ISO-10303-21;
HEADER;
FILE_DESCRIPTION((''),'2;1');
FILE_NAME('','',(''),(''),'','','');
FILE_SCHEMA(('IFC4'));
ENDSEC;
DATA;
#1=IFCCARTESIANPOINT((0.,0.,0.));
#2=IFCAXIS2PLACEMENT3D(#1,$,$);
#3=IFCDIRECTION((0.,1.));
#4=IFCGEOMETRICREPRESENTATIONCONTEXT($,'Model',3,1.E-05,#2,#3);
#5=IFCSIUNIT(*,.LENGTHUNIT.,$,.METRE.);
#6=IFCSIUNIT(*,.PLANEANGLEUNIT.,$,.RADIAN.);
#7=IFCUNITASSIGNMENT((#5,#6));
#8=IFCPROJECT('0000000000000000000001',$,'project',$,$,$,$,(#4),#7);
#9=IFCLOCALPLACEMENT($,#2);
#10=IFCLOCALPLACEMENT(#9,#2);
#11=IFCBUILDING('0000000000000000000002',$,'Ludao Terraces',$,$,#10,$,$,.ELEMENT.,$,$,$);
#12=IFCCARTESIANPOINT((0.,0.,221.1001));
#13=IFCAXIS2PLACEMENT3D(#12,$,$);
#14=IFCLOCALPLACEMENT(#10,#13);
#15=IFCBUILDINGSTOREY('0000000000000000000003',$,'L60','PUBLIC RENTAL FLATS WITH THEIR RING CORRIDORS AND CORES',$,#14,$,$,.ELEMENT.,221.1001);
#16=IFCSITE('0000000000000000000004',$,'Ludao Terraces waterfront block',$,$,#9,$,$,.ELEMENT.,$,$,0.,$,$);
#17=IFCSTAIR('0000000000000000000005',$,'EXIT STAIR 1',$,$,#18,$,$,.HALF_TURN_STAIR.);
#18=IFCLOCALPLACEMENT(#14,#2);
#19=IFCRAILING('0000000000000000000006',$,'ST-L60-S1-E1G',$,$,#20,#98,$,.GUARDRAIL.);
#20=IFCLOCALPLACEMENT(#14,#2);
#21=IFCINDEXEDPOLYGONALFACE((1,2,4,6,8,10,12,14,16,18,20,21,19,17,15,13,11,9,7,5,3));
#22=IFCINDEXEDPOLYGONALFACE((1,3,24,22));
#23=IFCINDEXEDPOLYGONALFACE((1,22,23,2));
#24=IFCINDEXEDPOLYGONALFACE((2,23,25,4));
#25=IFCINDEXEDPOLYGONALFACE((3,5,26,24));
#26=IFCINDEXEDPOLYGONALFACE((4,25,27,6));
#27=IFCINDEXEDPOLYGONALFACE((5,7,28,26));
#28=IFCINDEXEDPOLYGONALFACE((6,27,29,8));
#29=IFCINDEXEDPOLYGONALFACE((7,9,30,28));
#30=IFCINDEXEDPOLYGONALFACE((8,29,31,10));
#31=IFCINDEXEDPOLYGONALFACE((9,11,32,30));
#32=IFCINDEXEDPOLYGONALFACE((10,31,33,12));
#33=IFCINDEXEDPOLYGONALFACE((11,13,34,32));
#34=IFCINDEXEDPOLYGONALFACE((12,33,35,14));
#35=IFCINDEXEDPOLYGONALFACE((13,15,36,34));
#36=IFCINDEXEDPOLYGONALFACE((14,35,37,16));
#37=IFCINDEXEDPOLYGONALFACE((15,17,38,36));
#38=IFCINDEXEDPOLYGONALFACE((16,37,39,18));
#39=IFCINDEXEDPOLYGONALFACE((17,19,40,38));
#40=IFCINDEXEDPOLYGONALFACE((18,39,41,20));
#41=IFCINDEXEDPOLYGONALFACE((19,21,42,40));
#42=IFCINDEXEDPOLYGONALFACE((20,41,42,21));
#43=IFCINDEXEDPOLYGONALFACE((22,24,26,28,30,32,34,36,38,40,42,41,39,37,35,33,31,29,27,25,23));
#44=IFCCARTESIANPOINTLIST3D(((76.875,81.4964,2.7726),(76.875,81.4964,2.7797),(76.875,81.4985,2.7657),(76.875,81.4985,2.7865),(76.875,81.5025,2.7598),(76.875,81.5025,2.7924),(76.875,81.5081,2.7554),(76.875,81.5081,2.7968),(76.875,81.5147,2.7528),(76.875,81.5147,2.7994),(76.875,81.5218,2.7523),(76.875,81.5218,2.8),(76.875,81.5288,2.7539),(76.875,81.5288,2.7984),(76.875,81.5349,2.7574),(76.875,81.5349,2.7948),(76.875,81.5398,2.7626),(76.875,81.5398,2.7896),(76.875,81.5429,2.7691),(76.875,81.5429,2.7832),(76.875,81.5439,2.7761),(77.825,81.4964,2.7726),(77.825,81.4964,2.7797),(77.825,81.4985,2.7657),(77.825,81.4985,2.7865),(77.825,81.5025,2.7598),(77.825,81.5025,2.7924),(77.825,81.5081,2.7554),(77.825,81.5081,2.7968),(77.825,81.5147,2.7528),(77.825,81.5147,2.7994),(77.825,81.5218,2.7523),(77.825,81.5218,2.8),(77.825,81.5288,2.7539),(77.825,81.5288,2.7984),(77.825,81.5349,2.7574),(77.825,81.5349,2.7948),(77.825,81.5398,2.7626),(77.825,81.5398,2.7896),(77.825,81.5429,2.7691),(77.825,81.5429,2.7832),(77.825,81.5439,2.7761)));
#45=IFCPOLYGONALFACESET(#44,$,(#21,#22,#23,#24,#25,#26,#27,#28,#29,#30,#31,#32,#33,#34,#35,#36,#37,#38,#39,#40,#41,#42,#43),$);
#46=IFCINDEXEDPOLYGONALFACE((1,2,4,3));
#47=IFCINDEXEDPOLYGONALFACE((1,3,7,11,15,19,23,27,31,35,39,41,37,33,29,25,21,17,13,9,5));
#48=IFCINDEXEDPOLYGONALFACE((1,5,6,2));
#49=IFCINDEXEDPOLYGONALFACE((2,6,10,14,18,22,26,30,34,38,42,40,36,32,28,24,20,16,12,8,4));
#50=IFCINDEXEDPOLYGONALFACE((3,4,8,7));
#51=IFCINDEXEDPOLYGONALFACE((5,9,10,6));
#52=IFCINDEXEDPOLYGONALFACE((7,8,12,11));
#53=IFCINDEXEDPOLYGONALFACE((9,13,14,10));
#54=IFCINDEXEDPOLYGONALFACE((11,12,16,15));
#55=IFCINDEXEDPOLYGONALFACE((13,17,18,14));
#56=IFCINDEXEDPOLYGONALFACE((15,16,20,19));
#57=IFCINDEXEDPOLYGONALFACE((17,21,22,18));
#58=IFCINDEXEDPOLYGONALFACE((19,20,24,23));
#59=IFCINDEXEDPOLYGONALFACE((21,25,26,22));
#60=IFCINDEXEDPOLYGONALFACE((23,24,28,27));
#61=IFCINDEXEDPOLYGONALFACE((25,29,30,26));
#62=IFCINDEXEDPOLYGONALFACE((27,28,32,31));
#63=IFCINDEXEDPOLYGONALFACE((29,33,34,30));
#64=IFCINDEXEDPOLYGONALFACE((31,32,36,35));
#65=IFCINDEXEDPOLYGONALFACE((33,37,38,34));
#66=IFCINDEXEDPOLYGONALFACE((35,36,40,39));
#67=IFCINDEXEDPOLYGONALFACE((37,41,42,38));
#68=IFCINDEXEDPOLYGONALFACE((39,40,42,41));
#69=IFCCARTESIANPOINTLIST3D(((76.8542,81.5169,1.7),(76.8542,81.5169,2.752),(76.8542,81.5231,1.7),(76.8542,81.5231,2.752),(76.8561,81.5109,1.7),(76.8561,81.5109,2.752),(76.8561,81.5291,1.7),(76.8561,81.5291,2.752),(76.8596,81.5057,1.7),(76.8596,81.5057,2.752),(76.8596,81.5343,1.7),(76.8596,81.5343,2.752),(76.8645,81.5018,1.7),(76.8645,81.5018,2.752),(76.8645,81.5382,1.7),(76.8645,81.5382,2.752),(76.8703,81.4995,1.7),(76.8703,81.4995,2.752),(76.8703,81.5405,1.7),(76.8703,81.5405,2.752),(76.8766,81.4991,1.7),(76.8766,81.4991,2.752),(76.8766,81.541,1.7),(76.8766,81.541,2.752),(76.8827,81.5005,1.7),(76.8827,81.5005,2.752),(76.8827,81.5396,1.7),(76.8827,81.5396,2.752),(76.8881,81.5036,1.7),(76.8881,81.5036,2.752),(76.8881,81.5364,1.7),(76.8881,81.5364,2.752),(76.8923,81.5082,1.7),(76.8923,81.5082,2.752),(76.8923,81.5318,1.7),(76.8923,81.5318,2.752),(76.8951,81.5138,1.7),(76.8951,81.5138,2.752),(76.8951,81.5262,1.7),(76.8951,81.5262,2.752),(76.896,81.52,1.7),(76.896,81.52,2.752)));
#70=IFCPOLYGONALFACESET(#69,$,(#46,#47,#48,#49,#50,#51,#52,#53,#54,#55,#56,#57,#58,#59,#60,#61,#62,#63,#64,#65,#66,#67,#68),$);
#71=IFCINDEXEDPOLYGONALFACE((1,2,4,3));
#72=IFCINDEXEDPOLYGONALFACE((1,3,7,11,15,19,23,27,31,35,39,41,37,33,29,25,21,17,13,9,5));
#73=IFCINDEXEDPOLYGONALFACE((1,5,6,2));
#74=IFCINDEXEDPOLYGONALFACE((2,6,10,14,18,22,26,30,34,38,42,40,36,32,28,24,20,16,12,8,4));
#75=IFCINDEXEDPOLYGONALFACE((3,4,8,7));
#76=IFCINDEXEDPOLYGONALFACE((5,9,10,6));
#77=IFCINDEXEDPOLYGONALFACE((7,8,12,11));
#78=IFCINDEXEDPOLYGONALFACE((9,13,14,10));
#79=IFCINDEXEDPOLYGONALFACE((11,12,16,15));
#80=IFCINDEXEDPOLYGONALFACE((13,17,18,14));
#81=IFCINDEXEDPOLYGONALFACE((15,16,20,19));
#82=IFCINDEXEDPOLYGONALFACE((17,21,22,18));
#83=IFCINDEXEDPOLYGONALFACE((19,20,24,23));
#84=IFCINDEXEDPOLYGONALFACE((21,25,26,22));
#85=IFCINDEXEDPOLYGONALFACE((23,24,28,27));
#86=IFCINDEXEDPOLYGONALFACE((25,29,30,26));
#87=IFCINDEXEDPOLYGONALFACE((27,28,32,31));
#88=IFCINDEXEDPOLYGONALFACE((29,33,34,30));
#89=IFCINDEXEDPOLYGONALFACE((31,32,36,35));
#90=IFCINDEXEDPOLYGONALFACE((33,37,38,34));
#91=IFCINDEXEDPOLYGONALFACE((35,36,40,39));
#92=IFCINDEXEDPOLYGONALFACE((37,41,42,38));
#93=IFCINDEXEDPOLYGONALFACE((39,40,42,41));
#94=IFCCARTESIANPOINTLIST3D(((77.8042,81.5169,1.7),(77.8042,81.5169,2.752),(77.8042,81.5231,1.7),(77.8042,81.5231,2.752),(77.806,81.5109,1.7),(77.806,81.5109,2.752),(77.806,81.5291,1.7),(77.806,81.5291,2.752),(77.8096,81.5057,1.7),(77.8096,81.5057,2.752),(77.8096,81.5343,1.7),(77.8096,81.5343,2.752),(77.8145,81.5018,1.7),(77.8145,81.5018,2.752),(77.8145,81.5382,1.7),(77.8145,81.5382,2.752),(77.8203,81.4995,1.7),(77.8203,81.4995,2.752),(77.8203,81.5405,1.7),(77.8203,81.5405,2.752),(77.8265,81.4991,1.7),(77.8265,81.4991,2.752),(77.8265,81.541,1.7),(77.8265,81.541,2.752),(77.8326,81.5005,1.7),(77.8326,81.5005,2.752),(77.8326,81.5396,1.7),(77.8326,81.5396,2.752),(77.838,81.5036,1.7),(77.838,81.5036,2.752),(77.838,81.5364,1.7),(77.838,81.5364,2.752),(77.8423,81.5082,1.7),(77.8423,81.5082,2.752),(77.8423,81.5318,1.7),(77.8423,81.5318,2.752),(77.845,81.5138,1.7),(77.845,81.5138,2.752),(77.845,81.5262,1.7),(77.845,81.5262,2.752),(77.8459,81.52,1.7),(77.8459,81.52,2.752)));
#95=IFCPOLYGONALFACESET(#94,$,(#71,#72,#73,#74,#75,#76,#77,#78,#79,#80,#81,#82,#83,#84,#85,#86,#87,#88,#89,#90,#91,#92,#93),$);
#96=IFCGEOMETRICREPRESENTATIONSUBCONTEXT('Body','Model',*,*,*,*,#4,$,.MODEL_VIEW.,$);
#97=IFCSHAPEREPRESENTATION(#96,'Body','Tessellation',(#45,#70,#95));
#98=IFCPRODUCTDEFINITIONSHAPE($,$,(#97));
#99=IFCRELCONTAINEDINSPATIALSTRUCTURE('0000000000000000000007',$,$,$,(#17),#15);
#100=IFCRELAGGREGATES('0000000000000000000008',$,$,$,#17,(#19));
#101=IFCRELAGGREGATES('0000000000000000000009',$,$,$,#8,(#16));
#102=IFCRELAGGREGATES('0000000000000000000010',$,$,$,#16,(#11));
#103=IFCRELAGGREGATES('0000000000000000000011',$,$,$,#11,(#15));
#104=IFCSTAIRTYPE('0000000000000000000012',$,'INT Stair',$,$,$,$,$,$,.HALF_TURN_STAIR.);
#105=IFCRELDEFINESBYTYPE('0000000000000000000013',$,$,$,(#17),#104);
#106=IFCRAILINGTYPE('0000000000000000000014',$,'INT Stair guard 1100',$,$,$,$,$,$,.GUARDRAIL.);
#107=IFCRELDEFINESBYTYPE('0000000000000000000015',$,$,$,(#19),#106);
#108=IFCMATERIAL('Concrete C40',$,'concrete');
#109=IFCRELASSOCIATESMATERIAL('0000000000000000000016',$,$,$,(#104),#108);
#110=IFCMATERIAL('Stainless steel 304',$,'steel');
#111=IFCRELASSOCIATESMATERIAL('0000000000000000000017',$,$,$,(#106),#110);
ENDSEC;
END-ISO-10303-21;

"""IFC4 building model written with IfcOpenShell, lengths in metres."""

from ifc_helpers import new_model, si_unit, direction, frame, origin, origin_2d, place, context, subcontext, project, spatial, circle, extrude, material, type_object, element, aggregate, save


model = new_model("IFC4")

# Units and contexts
model_context = context("Model", 3, precision=1e-05, world=origin(), true_north=direction((0.0, 1.0)))
body_context = subcontext(model_context, "Body", "Model", "MODEL_VIEW")
ifc_project = project(units=[si_unit("LENGTHUNIT", "METRE"), si_unit("PLANEANGLEUNIT", "RADIAN")], contexts=[model_context])

# Site, building, storey
site_placement = place(None, origin())
site = spatial("IfcSite", under=ifc_project, at=site_placement, Name="Ludao Terraces waterfront block", CompositionType="ELEMENT", RefElevation=0.0)
building_placement = place(site_placement, origin())
building = spatial("IfcBuilding", under=site, at=building_placement, Name="Ludao Terraces", CompositionType="ELEMENT")
storey_placement = place(building_placement, frame((0.0, 0.0, 221.1001)))
storey = spatial("IfcBuildingStorey", under=building, at=storey_placement, Name="L60", Description="PUBLIC RENTAL FLATS WITH THEIR RING CORRIDORS AND CORES", CompositionType="ELEMENT", Elevation=221.1001)

# Shared definitions
ifc_material_1 = material(Name="Concrete C40", Category="concrete")

# Stair, railing
stair_type = type_object("IfcStairType", Name="INT Stair", PredefinedType="HALF_TURN_STAIR", material=ifc_material_1)
stair_placement = place(storey_placement, origin())
stair = element("IfcStair", 1, at=stair_placement, inside=storey, type_object=stair_type, Name="EXIT STAIR 1", PredefinedType="HALF_TURN_STAIR")
ifc_material_2 = material(Name="Stainless steel 304", Category="steel")
railing_type_1 = type_object("IfcRailingType", Name="INT Stair guard 1100", PredefinedType="GUARDRAIL", material=ifc_material_2)
railing_1_placement = place(storey_placement, frame((76.875, 81.52, 1.7)))
railing_1 = element("IfcRailing", 2, at=railing_1_placement, type_object=railing_type_1, Name="ST-L60-S1-E1G", PredefinedType="GUARDRAIL", context=body_context, shape_type="SweptSolid", body=[
    extrude(circle(Radius=0.0239, at=origin_2d()), frame((0.0, 0.0, 1.0762), z_axis=(1.0, 0.0, 0.0), x_axis=(0.0, 1.0, 0.0)), (0.0, 0.0, 1.0), 0.95),
    extrude(circle(Radius=0.021, at=origin_2d()), origin(), (0.0, 0.0, 1.0), 1.052),
    extrude(circle(Radius=0.021, at=origin_2d()), frame((0.95, 0.0, 0.0)), (0.0, 0.0, 1.0), 1.052),
])
aggregate(stair, [railing_1])

save(model, "model.ifc")
